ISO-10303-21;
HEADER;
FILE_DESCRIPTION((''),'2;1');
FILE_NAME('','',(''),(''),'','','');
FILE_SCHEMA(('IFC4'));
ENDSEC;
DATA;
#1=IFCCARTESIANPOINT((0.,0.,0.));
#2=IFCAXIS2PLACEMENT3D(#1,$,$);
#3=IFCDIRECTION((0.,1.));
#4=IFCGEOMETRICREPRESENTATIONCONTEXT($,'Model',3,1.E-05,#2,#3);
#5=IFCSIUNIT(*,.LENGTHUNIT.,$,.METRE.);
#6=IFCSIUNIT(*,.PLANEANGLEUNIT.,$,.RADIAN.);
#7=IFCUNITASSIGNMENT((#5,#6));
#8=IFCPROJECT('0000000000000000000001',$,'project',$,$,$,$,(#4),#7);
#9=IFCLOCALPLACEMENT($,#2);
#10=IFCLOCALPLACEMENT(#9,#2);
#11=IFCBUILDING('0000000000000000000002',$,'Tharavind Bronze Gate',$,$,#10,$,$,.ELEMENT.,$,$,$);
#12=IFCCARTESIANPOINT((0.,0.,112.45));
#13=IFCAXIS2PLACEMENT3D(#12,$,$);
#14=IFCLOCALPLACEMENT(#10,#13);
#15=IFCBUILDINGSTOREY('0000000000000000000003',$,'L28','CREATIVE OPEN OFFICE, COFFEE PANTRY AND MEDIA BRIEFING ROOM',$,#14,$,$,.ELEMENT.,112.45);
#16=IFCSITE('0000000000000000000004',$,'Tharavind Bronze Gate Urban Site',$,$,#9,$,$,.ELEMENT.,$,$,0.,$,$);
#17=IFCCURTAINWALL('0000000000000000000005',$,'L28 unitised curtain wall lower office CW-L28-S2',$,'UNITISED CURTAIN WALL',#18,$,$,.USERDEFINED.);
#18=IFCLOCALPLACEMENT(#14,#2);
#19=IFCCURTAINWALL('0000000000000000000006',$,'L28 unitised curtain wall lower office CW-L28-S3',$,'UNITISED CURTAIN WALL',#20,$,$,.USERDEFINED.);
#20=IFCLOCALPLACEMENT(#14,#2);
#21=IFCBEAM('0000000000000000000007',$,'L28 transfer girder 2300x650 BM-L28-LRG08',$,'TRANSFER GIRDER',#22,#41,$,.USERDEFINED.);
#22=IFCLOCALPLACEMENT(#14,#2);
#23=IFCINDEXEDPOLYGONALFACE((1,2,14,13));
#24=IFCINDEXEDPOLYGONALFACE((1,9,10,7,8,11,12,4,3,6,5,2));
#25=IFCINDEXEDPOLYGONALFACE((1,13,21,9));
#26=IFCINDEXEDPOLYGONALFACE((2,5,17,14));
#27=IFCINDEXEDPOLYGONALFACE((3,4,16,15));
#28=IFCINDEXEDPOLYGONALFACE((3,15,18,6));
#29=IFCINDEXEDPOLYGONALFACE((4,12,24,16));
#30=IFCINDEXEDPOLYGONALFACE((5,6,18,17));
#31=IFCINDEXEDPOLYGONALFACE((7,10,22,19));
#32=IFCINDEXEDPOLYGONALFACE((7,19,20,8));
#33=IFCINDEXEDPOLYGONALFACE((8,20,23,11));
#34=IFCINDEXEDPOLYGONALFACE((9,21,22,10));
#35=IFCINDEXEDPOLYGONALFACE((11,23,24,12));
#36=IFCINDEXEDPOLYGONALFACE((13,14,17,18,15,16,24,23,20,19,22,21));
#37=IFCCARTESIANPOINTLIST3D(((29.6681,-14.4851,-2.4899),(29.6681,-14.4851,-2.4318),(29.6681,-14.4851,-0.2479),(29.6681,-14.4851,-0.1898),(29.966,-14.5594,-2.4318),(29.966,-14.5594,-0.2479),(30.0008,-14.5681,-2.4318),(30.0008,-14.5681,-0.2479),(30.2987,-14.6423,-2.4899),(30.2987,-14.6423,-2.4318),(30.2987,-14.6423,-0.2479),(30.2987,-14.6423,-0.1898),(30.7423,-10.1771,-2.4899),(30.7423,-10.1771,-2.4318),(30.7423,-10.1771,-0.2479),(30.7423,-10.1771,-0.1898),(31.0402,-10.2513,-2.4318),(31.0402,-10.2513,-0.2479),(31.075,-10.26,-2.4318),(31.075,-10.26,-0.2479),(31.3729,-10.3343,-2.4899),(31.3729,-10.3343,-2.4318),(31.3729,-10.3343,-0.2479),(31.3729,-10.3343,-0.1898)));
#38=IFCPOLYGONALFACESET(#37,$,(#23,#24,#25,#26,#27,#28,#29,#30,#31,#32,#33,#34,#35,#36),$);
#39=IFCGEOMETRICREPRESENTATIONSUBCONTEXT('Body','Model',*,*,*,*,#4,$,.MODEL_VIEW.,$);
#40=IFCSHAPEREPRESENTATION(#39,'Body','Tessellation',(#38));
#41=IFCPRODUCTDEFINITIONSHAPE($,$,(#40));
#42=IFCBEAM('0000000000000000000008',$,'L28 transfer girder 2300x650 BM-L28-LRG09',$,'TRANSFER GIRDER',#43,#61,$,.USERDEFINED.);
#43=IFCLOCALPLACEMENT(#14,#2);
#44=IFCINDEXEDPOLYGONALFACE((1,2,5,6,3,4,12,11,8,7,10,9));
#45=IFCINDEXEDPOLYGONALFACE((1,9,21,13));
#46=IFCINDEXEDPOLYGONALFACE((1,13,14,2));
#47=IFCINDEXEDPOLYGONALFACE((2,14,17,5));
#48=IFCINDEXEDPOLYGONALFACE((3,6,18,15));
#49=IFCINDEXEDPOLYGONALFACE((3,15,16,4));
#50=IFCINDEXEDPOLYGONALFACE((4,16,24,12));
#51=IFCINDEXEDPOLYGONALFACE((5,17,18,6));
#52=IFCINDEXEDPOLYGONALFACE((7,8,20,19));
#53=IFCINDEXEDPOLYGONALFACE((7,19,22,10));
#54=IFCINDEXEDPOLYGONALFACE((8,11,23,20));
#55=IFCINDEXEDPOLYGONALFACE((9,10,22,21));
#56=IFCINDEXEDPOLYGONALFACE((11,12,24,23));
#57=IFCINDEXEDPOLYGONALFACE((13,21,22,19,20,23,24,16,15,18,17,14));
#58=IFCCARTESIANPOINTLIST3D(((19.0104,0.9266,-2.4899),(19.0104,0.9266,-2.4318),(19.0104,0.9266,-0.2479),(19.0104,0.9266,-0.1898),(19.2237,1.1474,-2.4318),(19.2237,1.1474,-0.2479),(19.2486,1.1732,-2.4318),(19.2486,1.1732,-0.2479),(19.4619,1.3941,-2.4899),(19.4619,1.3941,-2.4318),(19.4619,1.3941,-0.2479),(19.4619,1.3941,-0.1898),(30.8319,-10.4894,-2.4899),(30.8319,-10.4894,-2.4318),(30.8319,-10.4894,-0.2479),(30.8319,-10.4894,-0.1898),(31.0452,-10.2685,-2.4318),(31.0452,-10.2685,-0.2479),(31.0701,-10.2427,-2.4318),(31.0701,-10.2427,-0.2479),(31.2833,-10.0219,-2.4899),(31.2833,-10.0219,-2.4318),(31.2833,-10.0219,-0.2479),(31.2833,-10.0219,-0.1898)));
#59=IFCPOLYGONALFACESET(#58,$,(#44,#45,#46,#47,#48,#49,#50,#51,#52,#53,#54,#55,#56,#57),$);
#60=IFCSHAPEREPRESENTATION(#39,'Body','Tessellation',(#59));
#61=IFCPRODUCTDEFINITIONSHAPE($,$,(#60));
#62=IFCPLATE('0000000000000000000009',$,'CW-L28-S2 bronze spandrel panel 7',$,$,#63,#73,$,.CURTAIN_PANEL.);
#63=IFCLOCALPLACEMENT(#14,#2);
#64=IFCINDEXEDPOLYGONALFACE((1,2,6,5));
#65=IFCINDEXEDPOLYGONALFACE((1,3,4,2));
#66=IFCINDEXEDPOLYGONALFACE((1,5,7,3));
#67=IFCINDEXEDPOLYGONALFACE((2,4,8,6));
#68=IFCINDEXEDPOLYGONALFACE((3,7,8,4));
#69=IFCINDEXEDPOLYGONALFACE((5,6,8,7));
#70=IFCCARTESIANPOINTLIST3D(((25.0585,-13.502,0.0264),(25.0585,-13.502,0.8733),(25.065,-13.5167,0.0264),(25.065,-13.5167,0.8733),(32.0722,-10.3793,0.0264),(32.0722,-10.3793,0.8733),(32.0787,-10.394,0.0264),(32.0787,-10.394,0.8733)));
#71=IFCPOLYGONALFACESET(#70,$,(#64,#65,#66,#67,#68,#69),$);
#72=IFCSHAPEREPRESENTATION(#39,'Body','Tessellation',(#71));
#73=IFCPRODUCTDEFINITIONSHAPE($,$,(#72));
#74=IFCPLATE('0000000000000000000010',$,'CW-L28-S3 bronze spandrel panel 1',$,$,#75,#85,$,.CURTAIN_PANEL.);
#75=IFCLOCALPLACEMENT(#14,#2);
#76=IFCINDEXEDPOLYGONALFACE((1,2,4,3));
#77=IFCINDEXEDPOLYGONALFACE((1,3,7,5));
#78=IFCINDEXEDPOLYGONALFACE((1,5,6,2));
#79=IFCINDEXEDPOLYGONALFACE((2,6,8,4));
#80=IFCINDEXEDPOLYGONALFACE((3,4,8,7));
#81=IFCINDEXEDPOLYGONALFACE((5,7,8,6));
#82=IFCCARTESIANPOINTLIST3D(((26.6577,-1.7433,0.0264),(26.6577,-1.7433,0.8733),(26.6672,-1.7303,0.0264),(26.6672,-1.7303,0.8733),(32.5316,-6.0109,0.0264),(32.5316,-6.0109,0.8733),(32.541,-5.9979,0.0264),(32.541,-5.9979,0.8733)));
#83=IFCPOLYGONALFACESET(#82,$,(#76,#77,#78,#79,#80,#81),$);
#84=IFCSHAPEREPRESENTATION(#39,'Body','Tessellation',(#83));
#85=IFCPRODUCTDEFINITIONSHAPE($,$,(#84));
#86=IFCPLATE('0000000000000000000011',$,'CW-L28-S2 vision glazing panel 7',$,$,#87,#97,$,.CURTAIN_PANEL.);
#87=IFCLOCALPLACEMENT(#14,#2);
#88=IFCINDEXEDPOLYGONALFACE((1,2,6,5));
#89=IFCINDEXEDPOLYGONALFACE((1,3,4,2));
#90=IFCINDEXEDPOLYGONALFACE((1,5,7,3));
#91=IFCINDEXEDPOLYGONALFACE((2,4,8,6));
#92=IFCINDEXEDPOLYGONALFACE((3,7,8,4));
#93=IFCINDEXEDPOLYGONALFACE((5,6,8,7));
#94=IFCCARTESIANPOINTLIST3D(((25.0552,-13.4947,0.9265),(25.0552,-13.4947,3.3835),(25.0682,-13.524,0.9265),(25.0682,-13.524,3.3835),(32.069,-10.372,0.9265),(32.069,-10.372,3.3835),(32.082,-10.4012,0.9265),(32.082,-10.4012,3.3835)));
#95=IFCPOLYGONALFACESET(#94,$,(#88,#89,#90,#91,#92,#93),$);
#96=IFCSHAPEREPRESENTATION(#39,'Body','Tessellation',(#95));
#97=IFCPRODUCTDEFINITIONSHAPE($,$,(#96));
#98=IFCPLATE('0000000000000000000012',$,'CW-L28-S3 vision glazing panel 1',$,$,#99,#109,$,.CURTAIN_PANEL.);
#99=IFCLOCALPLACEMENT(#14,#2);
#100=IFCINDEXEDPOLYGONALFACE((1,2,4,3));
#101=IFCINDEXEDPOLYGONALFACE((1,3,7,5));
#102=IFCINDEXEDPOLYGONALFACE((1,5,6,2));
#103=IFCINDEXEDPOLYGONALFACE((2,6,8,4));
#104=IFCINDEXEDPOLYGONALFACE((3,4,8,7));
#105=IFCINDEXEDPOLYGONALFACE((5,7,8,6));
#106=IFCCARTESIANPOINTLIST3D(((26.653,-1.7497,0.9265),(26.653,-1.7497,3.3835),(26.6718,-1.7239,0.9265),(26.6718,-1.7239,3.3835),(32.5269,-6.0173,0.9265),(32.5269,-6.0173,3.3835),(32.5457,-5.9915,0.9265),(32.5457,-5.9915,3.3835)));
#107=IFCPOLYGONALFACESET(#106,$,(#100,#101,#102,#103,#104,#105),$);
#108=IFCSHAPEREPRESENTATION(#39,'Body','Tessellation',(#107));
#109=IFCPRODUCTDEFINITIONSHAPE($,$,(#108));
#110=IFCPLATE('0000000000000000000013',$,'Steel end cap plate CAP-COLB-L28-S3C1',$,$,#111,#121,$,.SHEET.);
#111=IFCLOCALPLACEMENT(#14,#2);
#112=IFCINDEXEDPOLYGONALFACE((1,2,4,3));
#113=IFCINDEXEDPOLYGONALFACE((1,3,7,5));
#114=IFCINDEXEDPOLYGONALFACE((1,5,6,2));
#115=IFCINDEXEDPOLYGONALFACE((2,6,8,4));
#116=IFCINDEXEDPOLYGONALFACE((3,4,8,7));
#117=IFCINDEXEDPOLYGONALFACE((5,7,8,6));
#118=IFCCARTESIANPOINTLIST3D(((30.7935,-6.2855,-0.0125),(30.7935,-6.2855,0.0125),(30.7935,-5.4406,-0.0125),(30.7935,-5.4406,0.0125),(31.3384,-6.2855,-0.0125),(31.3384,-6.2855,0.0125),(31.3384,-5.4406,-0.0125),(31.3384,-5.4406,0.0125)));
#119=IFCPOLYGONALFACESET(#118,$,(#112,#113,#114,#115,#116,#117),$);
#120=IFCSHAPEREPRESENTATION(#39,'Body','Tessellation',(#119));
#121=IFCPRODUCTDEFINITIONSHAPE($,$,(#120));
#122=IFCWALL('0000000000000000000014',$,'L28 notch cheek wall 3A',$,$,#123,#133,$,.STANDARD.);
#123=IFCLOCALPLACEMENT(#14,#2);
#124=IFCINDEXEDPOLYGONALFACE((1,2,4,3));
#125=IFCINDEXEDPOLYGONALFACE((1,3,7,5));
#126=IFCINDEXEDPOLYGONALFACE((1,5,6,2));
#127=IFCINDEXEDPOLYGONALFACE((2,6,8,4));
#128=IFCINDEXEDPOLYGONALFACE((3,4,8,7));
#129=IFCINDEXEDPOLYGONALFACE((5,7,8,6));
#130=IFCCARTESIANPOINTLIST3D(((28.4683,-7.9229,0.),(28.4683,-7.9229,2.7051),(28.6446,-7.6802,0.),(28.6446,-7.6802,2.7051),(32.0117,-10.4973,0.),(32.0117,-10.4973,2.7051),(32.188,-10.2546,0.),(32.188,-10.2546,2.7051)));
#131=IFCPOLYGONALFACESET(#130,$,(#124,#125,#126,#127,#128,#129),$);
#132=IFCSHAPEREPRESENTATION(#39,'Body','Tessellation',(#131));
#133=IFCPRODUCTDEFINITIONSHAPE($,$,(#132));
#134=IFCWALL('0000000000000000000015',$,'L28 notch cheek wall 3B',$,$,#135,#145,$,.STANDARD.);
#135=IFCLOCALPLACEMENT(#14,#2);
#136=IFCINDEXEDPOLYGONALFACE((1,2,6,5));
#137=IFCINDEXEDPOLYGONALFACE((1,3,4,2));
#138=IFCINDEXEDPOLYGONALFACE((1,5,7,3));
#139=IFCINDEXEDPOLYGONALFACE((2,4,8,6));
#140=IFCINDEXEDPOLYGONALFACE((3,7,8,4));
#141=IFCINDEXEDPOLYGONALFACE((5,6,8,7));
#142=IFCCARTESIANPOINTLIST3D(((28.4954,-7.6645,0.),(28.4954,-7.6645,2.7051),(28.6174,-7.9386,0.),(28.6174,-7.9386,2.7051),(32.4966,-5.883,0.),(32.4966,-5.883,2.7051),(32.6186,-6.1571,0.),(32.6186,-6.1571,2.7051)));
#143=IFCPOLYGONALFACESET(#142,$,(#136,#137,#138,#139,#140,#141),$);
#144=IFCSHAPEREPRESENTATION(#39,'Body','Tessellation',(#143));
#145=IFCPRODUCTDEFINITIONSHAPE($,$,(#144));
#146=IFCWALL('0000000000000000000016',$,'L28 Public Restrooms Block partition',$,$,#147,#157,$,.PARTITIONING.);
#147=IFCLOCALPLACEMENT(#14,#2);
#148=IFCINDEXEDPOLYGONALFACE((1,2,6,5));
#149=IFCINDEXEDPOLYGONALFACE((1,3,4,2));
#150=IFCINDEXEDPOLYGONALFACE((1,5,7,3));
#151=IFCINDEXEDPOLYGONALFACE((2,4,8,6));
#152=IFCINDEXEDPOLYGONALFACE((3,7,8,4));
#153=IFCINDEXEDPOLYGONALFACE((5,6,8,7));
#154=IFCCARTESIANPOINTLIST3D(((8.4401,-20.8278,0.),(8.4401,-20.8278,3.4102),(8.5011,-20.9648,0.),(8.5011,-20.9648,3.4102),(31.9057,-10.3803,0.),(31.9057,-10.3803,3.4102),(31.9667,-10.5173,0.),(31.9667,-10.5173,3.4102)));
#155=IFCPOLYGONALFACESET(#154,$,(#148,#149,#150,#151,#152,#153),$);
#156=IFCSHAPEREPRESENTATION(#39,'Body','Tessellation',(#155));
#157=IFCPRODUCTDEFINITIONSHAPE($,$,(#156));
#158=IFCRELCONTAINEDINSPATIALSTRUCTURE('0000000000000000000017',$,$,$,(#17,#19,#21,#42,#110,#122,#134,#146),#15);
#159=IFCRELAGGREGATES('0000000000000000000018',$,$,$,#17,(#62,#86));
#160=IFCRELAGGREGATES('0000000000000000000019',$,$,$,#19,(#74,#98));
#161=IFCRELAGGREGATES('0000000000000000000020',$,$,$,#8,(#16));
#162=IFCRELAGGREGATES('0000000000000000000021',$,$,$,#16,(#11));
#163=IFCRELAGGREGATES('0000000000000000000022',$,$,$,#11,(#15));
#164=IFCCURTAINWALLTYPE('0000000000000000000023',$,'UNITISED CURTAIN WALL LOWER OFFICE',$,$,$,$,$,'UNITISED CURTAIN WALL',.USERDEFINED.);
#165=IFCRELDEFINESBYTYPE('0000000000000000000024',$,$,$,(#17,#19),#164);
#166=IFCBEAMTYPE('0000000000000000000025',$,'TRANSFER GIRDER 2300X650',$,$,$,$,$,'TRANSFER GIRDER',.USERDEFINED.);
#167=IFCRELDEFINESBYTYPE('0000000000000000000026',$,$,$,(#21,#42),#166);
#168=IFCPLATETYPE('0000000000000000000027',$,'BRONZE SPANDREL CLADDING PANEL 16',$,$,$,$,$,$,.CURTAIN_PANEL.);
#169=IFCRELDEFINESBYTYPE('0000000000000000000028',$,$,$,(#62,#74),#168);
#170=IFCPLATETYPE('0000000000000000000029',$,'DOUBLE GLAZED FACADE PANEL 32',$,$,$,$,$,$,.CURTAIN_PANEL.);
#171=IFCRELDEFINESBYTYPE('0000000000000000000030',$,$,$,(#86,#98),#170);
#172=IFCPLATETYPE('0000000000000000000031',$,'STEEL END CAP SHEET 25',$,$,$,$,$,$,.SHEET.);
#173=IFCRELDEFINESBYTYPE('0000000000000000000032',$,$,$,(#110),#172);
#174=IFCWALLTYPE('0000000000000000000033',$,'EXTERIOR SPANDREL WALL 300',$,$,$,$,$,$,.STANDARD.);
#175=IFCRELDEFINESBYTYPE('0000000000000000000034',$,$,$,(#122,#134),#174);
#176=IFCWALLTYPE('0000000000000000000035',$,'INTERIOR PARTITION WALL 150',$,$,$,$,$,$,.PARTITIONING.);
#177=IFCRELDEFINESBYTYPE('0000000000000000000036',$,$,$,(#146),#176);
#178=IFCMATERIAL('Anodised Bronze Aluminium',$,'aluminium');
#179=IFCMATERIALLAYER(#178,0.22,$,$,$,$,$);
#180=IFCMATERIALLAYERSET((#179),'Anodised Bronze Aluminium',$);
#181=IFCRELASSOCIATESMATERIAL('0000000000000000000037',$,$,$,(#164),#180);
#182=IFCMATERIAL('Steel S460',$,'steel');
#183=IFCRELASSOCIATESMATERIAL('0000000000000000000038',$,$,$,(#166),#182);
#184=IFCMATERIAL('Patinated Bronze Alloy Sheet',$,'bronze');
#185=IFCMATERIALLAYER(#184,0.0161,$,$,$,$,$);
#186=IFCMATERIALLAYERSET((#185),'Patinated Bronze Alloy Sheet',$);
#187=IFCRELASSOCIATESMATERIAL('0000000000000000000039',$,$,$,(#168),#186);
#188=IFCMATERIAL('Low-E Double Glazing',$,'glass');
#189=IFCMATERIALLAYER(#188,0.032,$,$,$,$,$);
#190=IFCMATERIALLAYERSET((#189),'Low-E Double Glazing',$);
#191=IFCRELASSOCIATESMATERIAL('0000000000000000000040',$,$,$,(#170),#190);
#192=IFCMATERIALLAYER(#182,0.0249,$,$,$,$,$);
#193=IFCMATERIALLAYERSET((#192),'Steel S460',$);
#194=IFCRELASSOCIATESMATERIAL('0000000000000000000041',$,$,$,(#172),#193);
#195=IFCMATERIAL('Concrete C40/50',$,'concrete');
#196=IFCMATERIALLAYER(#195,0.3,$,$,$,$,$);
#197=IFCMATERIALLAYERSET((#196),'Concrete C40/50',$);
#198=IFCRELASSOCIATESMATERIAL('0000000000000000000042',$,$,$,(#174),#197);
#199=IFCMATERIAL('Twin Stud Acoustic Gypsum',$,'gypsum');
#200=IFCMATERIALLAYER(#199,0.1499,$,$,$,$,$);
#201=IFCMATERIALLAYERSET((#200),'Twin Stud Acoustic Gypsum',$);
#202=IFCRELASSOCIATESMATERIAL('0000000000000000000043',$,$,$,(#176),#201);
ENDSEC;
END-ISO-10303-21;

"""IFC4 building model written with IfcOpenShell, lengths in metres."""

from ifc_helpers import new_model, si_unit, direction, frame, frame_2d, origin, origin_2d, place, context, subcontext, project, spatial, rectangle, i_section, extrude, material, layer, layer_set, material_profile, profile_set, type_object, element, aggregate, save


model = new_model("IFC4")

# Units and contexts
model_context = context("Model", 3, precision=1e-05, world=origin(), true_north=direction((0.0, 1.0)))
body_context = subcontext(model_context, "Body", "Model", "MODEL_VIEW")
ifc_project = project(units=[si_unit("LENGTHUNIT", "METRE"), si_unit("PLANEANGLEUNIT", "RADIAN")], contexts=[model_context])

# Site, building, storey
site_placement = place(None, origin())
site = spatial("IfcSite", under=ifc_project, at=site_placement, Name="Tharavind Bronze Gate Urban Site", CompositionType="ELEMENT", RefElevation=0.0)
building_placement = place(site_placement, origin())
building = spatial("IfcBuilding", under=site, at=building_placement, Name="Tharavind Bronze Gate", CompositionType="ELEMENT")
storey_placement = place(building_placement, frame((0.0, 0.0, 112.45)))
storey = spatial("IfcBuildingStorey", under=building, at=storey_placement, Name="L28", Description="CREATIVE OPEN OFFICE, COFFEE PANTRY AND MEDIA BRIEFING ROOM", CompositionType="ELEMENT", Elevation=112.45)

# Shared definitions
ifc_material_1 = material(Name="Steel S460", Category="steel")

# Curtain wall
ifc_material_2 = material(Name="Anodised Bronze Aluminium", Category="aluminium")
ifc_layer_1 = layer(ifc_material_2, 0.22)
ifc_layer_set_1 = layer_set([ifc_layer_1], Name="Anodised Bronze Aluminium")
curtain_wall_type = type_object("IfcCurtainWallType", Name="UNITISED CURTAIN WALL LOWER OFFICE", ElementType="UNITISED CURTAIN WALL", PredefinedType="USERDEFINED", material=ifc_layer_set_1)
curtain_wall_1_placement = place(storey_placement, origin())
curtain_wall_1 = element("IfcCurtainWall", 1, at=curtain_wall_1_placement, inside=storey, type_object=curtain_wall_type, Name="L28 unitised curtain wall lower office CW-L28-S2", ObjectType="UNITISED CURTAIN WALL", PredefinedType="USERDEFINED")

# Curtain wall
curtain_wall_2_placement = place(storey_placement, origin())
curtain_wall_2 = element("IfcCurtainWall", 2, at=curtain_wall_2_placement, inside=storey, type_object=curtain_wall_type, Name="L28 unitised curtain wall lower office CW-L28-S3", ObjectType="UNITISED CURTAIN WALL", PredefinedType="USERDEFINED")

# Beams
ifc_material_profile_1 = material_profile(ifc_material_1, i_section(OverallWidth=0.6499, OverallDepth=2.3, WebThickness=0.0359, FlangeThickness=0.0581, at=origin_2d()), Name="PG2300X650")
ifc_profile_set_1 = profile_set([ifc_material_profile_1], Name="Steel S460")
beam_type_1 = type_object("IfcBeamType", Name="TRANSFER GIRDER 2300X650", ElementType="TRANSFER GIRDER", PredefinedType="USERDEFINED", material=ifc_profile_set_1)
beam_1_placement = place(storey_placement, frame((29.9834, -14.5637, -1.3398), z_axis=(0.24194, 0.970291, 0.0), x_axis=(-0.970291, 0.24194, 0.0)))
element("IfcBeam", 3, at=beam_1_placement, inside=storey, type_object=beam_type_1, Name="L28 transfer girder 2300x650 BM-L28-LRG08", ObjectType="TRANSFER GIRDER", PredefinedType="USERDEFINED", context=body_context, shape_type="SweptSolid", body=[
    extrude(i_section(OverallWidth=0.6499, OverallDepth=2.3, WebThickness=0.0359, FlangeThickness=0.0581, at=origin_2d()), origin(), (0.0, 0.0, 1.0), 4.4399),
])
beam_2_placement = place(storey_placement, frame((31.0576, -10.2556, -1.3398), z_axis=(-0.719337, 0.694661, 0.0), x_axis=(-0.694661, -0.719337, 0.0)))
element("IfcBeam", 4, at=beam_2_placement, inside=storey, type_object=beam_type_1, Name="L28 transfer girder 2300x650 BM-L28-LRG09", ObjectType="TRANSFER GIRDER", PredefinedType="USERDEFINED", context=body_context, shape_type="SweptSolid", body=[
    extrude(i_section(OverallWidth=0.6499, OverallDepth=2.3, WebThickness=0.0359, FlangeThickness=0.0581, at=origin_2d()), origin(), (0.0, 0.0, 1.0), 16.4338),
])

# Plates
ifc_material_3 = material(Name="Patinated Bronze Alloy Sheet", Category="bronze")
ifc_layer_2 = layer(ifc_material_3, 0.0161)
ifc_layer_set_2 = layer_set([ifc_layer_2], Name="Patinated Bronze Alloy Sheet")
plate_type_1 = type_object("IfcPlateType", Name="BRONZE SPANDREL CLADDING PANEL 16", PredefinedType="CURTAIN_PANEL", material=ifc_layer_set_2)
plate_1_placement = place(storey_placement, frame((28.5686, -11.948, 0.0264), z_axis=(0.0, 0.0, 1.0), x_axis=(0.913545, 0.406737, 0.0)))
plate_1 = element("IfcPlate", 5, at=plate_1_placement, type_object=plate_type_1, Name="CW-L28-S2 bronze spandrel panel 7", PredefinedType="CURTAIN_PANEL", context=body_context, shape_type="SweptSolid", body=[
    extrude(rectangle(XDim=7.6775, YDim=0.0161, at=origin_2d()), origin(), (0.0, 0.0, 1.0), 0.8469),
])
plate_2_placement = place(storey_placement, frame((29.5994, -3.8706, 0.0264), z_axis=(0.0, 0.0, 1.0), x_axis=(-0.809017, 0.587785, 0.0)))
plate_2 = element("IfcPlate", 6, at=plate_2_placement, type_object=plate_type_1, Name="CW-L28-S3 bronze spandrel panel 1", PredefinedType="CURTAIN_PANEL", context=body_context, shape_type="SweptSolid", body=[
    extrude(rectangle(XDim=7.2605, YDim=0.0161, at=origin_2d()), origin(), (0.0, 0.0, 1.0), 0.8469),
])
ifc_material_4 = material(Name="Low-E Double Glazing", Category="glass")
ifc_layer_3 = layer(ifc_material_4, 0.032)
ifc_layer_set_3 = layer_set([ifc_layer_3], Name="Low-E Double Glazing")
plate_type_2 = type_object("IfcPlateType", Name="DOUBLE GLAZED FACADE PANEL 32", PredefinedType="CURTAIN_PANEL", material=ifc_layer_set_3)
plate_3_placement = place(storey_placement, frame((28.5686, -11.948, 0.9265), z_axis=(0.0, 0.0, 1.0), x_axis=(0.913545, 0.406737, 0.0)))
plate_3 = element("IfcPlate", 7, at=plate_3_placement, type_object=plate_type_2, Name="CW-L28-S2 vision glazing panel 7", PredefinedType="CURTAIN_PANEL", context=body_context, shape_type="SweptSolid", body=[
    extrude(rectangle(XDim=7.6775, YDim=0.032, at=origin_2d()), origin(), (0.0, 0.0, 1.0), 2.457),
])
aggregate(curtain_wall_1, [plate_1, plate_3])
plate_4_placement = place(storey_placement, frame((29.5994, -3.8706, 0.9265), z_axis=(0.0, 0.0, 1.0), x_axis=(-0.809017, 0.587785, 0.0)))
plate_4 = element("IfcPlate", 8, at=plate_4_placement, type_object=plate_type_2, Name="CW-L28-S3 vision glazing panel 1", PredefinedType="CURTAIN_PANEL", context=body_context, shape_type="SweptSolid", body=[
    extrude(rectangle(XDim=7.2605, YDim=0.032, at=origin_2d()), origin(), (0.0, 0.0, 1.0), 2.457),
])
aggregate(curtain_wall_2, [plate_2, plate_4])
ifc_layer_4 = layer(ifc_material_1, 0.0249)
ifc_layer_set_4 = layer_set([ifc_layer_4], Name="Steel S460")
plate_type_3 = type_object("IfcPlateType", Name="STEEL END CAP SHEET 25", PredefinedType="SHEET", material=ifc_layer_set_4)
plate_5_placement = place(storey_placement, frame((31.0659, -5.863, -0.0125), z_axis=(0.0, 0.0, 1.0), x_axis=(1.0, 0.0, 0.0)))
element("IfcPlate", 9, at=plate_5_placement, inside=storey, type_object=plate_type_3, Name="Steel end cap plate CAP-COLB-L28-S3C1", PredefinedType="SHEET", context=body_context, shape_type="SweptSolid", body=[
    extrude(rectangle(XDim=0.5449, YDim=0.845, at=origin_2d()), origin(), (0.0, 0.0, 1.0), 0.0249),
])

# Walls
ifc_material_5 = material(Name="Concrete C40/50", Category="concrete")
ifc_layer_5 = layer(ifc_material_5, 0.3)
ifc_layer_set_5 = layer_set([ifc_layer_5], Name="Concrete C40/50")
wall_type_1 = type_object("IfcWallType", Name="EXTERIOR SPANDREL WALL 300", PredefinedType="STANDARD", material=ifc_layer_set_5)
for number, where, z_axis, x_axis, name in (
    (10, (32.0999, -10.376, 0.0), (0.0, 0.0, 1.0), (-0.809018, 0.587784, 0.0), "L28 notch cheek wall 3A"),
    (11, (28.5564, -7.8015, 0.0), (0.0, 0.0, 1.0), (0.913542, 0.406743, 0.0), "L28 notch cheek wall 3B"),
):
    element("IfcWall", number, at=place(storey_placement, frame(where, z_axis=z_axis, x_axis=x_axis)), inside=storey, type_object=wall_type_1, Name=name, PredefinedType="STANDARD", context=body_context, shape_type="SweptSolid", body=[
        extrude(rectangle(XDim=4.3799, YDim=0.3, at=frame_2d((2.1899, 0.0))), origin(), (0.0, 0.0, 1.0), 2.7051),
    ])
ifc_material_6 = material(Name="Twin Stud Acoustic Gypsum", Category="gypsum")
ifc_layer_6 = layer(ifc_material_6, 0.1499)
ifc_layer_set_6 = layer_set([ifc_layer_6], Name="Twin Stud Acoustic Gypsum")
wall_type_2 = type_object("IfcWallType", Name="INTERIOR PARTITION WALL 150", PredefinedType="PARTITIONING", material=ifc_layer_set_6)
wall_placement = place(storey_placement, frame((31.9363, -10.4487, 0.0), z_axis=(0.0, 0.0, 1.0), x_axis=(-0.913546, -0.406735, 0.0)))
element("IfcWall", 12, at=wall_placement, inside=storey, type_object=wall_type_2, Name="L28 Public Restrooms Block partition", PredefinedType="PARTITIONING", context=body_context, shape_type="SweptSolid", body=[
    extrude(rectangle(XDim=25.6863, YDim=0.1499, at=frame_2d((12.8433, 0.0))), origin(), (0.0, 0.0, 1.0), 3.4102),
])

save(model, "model.ifc")
